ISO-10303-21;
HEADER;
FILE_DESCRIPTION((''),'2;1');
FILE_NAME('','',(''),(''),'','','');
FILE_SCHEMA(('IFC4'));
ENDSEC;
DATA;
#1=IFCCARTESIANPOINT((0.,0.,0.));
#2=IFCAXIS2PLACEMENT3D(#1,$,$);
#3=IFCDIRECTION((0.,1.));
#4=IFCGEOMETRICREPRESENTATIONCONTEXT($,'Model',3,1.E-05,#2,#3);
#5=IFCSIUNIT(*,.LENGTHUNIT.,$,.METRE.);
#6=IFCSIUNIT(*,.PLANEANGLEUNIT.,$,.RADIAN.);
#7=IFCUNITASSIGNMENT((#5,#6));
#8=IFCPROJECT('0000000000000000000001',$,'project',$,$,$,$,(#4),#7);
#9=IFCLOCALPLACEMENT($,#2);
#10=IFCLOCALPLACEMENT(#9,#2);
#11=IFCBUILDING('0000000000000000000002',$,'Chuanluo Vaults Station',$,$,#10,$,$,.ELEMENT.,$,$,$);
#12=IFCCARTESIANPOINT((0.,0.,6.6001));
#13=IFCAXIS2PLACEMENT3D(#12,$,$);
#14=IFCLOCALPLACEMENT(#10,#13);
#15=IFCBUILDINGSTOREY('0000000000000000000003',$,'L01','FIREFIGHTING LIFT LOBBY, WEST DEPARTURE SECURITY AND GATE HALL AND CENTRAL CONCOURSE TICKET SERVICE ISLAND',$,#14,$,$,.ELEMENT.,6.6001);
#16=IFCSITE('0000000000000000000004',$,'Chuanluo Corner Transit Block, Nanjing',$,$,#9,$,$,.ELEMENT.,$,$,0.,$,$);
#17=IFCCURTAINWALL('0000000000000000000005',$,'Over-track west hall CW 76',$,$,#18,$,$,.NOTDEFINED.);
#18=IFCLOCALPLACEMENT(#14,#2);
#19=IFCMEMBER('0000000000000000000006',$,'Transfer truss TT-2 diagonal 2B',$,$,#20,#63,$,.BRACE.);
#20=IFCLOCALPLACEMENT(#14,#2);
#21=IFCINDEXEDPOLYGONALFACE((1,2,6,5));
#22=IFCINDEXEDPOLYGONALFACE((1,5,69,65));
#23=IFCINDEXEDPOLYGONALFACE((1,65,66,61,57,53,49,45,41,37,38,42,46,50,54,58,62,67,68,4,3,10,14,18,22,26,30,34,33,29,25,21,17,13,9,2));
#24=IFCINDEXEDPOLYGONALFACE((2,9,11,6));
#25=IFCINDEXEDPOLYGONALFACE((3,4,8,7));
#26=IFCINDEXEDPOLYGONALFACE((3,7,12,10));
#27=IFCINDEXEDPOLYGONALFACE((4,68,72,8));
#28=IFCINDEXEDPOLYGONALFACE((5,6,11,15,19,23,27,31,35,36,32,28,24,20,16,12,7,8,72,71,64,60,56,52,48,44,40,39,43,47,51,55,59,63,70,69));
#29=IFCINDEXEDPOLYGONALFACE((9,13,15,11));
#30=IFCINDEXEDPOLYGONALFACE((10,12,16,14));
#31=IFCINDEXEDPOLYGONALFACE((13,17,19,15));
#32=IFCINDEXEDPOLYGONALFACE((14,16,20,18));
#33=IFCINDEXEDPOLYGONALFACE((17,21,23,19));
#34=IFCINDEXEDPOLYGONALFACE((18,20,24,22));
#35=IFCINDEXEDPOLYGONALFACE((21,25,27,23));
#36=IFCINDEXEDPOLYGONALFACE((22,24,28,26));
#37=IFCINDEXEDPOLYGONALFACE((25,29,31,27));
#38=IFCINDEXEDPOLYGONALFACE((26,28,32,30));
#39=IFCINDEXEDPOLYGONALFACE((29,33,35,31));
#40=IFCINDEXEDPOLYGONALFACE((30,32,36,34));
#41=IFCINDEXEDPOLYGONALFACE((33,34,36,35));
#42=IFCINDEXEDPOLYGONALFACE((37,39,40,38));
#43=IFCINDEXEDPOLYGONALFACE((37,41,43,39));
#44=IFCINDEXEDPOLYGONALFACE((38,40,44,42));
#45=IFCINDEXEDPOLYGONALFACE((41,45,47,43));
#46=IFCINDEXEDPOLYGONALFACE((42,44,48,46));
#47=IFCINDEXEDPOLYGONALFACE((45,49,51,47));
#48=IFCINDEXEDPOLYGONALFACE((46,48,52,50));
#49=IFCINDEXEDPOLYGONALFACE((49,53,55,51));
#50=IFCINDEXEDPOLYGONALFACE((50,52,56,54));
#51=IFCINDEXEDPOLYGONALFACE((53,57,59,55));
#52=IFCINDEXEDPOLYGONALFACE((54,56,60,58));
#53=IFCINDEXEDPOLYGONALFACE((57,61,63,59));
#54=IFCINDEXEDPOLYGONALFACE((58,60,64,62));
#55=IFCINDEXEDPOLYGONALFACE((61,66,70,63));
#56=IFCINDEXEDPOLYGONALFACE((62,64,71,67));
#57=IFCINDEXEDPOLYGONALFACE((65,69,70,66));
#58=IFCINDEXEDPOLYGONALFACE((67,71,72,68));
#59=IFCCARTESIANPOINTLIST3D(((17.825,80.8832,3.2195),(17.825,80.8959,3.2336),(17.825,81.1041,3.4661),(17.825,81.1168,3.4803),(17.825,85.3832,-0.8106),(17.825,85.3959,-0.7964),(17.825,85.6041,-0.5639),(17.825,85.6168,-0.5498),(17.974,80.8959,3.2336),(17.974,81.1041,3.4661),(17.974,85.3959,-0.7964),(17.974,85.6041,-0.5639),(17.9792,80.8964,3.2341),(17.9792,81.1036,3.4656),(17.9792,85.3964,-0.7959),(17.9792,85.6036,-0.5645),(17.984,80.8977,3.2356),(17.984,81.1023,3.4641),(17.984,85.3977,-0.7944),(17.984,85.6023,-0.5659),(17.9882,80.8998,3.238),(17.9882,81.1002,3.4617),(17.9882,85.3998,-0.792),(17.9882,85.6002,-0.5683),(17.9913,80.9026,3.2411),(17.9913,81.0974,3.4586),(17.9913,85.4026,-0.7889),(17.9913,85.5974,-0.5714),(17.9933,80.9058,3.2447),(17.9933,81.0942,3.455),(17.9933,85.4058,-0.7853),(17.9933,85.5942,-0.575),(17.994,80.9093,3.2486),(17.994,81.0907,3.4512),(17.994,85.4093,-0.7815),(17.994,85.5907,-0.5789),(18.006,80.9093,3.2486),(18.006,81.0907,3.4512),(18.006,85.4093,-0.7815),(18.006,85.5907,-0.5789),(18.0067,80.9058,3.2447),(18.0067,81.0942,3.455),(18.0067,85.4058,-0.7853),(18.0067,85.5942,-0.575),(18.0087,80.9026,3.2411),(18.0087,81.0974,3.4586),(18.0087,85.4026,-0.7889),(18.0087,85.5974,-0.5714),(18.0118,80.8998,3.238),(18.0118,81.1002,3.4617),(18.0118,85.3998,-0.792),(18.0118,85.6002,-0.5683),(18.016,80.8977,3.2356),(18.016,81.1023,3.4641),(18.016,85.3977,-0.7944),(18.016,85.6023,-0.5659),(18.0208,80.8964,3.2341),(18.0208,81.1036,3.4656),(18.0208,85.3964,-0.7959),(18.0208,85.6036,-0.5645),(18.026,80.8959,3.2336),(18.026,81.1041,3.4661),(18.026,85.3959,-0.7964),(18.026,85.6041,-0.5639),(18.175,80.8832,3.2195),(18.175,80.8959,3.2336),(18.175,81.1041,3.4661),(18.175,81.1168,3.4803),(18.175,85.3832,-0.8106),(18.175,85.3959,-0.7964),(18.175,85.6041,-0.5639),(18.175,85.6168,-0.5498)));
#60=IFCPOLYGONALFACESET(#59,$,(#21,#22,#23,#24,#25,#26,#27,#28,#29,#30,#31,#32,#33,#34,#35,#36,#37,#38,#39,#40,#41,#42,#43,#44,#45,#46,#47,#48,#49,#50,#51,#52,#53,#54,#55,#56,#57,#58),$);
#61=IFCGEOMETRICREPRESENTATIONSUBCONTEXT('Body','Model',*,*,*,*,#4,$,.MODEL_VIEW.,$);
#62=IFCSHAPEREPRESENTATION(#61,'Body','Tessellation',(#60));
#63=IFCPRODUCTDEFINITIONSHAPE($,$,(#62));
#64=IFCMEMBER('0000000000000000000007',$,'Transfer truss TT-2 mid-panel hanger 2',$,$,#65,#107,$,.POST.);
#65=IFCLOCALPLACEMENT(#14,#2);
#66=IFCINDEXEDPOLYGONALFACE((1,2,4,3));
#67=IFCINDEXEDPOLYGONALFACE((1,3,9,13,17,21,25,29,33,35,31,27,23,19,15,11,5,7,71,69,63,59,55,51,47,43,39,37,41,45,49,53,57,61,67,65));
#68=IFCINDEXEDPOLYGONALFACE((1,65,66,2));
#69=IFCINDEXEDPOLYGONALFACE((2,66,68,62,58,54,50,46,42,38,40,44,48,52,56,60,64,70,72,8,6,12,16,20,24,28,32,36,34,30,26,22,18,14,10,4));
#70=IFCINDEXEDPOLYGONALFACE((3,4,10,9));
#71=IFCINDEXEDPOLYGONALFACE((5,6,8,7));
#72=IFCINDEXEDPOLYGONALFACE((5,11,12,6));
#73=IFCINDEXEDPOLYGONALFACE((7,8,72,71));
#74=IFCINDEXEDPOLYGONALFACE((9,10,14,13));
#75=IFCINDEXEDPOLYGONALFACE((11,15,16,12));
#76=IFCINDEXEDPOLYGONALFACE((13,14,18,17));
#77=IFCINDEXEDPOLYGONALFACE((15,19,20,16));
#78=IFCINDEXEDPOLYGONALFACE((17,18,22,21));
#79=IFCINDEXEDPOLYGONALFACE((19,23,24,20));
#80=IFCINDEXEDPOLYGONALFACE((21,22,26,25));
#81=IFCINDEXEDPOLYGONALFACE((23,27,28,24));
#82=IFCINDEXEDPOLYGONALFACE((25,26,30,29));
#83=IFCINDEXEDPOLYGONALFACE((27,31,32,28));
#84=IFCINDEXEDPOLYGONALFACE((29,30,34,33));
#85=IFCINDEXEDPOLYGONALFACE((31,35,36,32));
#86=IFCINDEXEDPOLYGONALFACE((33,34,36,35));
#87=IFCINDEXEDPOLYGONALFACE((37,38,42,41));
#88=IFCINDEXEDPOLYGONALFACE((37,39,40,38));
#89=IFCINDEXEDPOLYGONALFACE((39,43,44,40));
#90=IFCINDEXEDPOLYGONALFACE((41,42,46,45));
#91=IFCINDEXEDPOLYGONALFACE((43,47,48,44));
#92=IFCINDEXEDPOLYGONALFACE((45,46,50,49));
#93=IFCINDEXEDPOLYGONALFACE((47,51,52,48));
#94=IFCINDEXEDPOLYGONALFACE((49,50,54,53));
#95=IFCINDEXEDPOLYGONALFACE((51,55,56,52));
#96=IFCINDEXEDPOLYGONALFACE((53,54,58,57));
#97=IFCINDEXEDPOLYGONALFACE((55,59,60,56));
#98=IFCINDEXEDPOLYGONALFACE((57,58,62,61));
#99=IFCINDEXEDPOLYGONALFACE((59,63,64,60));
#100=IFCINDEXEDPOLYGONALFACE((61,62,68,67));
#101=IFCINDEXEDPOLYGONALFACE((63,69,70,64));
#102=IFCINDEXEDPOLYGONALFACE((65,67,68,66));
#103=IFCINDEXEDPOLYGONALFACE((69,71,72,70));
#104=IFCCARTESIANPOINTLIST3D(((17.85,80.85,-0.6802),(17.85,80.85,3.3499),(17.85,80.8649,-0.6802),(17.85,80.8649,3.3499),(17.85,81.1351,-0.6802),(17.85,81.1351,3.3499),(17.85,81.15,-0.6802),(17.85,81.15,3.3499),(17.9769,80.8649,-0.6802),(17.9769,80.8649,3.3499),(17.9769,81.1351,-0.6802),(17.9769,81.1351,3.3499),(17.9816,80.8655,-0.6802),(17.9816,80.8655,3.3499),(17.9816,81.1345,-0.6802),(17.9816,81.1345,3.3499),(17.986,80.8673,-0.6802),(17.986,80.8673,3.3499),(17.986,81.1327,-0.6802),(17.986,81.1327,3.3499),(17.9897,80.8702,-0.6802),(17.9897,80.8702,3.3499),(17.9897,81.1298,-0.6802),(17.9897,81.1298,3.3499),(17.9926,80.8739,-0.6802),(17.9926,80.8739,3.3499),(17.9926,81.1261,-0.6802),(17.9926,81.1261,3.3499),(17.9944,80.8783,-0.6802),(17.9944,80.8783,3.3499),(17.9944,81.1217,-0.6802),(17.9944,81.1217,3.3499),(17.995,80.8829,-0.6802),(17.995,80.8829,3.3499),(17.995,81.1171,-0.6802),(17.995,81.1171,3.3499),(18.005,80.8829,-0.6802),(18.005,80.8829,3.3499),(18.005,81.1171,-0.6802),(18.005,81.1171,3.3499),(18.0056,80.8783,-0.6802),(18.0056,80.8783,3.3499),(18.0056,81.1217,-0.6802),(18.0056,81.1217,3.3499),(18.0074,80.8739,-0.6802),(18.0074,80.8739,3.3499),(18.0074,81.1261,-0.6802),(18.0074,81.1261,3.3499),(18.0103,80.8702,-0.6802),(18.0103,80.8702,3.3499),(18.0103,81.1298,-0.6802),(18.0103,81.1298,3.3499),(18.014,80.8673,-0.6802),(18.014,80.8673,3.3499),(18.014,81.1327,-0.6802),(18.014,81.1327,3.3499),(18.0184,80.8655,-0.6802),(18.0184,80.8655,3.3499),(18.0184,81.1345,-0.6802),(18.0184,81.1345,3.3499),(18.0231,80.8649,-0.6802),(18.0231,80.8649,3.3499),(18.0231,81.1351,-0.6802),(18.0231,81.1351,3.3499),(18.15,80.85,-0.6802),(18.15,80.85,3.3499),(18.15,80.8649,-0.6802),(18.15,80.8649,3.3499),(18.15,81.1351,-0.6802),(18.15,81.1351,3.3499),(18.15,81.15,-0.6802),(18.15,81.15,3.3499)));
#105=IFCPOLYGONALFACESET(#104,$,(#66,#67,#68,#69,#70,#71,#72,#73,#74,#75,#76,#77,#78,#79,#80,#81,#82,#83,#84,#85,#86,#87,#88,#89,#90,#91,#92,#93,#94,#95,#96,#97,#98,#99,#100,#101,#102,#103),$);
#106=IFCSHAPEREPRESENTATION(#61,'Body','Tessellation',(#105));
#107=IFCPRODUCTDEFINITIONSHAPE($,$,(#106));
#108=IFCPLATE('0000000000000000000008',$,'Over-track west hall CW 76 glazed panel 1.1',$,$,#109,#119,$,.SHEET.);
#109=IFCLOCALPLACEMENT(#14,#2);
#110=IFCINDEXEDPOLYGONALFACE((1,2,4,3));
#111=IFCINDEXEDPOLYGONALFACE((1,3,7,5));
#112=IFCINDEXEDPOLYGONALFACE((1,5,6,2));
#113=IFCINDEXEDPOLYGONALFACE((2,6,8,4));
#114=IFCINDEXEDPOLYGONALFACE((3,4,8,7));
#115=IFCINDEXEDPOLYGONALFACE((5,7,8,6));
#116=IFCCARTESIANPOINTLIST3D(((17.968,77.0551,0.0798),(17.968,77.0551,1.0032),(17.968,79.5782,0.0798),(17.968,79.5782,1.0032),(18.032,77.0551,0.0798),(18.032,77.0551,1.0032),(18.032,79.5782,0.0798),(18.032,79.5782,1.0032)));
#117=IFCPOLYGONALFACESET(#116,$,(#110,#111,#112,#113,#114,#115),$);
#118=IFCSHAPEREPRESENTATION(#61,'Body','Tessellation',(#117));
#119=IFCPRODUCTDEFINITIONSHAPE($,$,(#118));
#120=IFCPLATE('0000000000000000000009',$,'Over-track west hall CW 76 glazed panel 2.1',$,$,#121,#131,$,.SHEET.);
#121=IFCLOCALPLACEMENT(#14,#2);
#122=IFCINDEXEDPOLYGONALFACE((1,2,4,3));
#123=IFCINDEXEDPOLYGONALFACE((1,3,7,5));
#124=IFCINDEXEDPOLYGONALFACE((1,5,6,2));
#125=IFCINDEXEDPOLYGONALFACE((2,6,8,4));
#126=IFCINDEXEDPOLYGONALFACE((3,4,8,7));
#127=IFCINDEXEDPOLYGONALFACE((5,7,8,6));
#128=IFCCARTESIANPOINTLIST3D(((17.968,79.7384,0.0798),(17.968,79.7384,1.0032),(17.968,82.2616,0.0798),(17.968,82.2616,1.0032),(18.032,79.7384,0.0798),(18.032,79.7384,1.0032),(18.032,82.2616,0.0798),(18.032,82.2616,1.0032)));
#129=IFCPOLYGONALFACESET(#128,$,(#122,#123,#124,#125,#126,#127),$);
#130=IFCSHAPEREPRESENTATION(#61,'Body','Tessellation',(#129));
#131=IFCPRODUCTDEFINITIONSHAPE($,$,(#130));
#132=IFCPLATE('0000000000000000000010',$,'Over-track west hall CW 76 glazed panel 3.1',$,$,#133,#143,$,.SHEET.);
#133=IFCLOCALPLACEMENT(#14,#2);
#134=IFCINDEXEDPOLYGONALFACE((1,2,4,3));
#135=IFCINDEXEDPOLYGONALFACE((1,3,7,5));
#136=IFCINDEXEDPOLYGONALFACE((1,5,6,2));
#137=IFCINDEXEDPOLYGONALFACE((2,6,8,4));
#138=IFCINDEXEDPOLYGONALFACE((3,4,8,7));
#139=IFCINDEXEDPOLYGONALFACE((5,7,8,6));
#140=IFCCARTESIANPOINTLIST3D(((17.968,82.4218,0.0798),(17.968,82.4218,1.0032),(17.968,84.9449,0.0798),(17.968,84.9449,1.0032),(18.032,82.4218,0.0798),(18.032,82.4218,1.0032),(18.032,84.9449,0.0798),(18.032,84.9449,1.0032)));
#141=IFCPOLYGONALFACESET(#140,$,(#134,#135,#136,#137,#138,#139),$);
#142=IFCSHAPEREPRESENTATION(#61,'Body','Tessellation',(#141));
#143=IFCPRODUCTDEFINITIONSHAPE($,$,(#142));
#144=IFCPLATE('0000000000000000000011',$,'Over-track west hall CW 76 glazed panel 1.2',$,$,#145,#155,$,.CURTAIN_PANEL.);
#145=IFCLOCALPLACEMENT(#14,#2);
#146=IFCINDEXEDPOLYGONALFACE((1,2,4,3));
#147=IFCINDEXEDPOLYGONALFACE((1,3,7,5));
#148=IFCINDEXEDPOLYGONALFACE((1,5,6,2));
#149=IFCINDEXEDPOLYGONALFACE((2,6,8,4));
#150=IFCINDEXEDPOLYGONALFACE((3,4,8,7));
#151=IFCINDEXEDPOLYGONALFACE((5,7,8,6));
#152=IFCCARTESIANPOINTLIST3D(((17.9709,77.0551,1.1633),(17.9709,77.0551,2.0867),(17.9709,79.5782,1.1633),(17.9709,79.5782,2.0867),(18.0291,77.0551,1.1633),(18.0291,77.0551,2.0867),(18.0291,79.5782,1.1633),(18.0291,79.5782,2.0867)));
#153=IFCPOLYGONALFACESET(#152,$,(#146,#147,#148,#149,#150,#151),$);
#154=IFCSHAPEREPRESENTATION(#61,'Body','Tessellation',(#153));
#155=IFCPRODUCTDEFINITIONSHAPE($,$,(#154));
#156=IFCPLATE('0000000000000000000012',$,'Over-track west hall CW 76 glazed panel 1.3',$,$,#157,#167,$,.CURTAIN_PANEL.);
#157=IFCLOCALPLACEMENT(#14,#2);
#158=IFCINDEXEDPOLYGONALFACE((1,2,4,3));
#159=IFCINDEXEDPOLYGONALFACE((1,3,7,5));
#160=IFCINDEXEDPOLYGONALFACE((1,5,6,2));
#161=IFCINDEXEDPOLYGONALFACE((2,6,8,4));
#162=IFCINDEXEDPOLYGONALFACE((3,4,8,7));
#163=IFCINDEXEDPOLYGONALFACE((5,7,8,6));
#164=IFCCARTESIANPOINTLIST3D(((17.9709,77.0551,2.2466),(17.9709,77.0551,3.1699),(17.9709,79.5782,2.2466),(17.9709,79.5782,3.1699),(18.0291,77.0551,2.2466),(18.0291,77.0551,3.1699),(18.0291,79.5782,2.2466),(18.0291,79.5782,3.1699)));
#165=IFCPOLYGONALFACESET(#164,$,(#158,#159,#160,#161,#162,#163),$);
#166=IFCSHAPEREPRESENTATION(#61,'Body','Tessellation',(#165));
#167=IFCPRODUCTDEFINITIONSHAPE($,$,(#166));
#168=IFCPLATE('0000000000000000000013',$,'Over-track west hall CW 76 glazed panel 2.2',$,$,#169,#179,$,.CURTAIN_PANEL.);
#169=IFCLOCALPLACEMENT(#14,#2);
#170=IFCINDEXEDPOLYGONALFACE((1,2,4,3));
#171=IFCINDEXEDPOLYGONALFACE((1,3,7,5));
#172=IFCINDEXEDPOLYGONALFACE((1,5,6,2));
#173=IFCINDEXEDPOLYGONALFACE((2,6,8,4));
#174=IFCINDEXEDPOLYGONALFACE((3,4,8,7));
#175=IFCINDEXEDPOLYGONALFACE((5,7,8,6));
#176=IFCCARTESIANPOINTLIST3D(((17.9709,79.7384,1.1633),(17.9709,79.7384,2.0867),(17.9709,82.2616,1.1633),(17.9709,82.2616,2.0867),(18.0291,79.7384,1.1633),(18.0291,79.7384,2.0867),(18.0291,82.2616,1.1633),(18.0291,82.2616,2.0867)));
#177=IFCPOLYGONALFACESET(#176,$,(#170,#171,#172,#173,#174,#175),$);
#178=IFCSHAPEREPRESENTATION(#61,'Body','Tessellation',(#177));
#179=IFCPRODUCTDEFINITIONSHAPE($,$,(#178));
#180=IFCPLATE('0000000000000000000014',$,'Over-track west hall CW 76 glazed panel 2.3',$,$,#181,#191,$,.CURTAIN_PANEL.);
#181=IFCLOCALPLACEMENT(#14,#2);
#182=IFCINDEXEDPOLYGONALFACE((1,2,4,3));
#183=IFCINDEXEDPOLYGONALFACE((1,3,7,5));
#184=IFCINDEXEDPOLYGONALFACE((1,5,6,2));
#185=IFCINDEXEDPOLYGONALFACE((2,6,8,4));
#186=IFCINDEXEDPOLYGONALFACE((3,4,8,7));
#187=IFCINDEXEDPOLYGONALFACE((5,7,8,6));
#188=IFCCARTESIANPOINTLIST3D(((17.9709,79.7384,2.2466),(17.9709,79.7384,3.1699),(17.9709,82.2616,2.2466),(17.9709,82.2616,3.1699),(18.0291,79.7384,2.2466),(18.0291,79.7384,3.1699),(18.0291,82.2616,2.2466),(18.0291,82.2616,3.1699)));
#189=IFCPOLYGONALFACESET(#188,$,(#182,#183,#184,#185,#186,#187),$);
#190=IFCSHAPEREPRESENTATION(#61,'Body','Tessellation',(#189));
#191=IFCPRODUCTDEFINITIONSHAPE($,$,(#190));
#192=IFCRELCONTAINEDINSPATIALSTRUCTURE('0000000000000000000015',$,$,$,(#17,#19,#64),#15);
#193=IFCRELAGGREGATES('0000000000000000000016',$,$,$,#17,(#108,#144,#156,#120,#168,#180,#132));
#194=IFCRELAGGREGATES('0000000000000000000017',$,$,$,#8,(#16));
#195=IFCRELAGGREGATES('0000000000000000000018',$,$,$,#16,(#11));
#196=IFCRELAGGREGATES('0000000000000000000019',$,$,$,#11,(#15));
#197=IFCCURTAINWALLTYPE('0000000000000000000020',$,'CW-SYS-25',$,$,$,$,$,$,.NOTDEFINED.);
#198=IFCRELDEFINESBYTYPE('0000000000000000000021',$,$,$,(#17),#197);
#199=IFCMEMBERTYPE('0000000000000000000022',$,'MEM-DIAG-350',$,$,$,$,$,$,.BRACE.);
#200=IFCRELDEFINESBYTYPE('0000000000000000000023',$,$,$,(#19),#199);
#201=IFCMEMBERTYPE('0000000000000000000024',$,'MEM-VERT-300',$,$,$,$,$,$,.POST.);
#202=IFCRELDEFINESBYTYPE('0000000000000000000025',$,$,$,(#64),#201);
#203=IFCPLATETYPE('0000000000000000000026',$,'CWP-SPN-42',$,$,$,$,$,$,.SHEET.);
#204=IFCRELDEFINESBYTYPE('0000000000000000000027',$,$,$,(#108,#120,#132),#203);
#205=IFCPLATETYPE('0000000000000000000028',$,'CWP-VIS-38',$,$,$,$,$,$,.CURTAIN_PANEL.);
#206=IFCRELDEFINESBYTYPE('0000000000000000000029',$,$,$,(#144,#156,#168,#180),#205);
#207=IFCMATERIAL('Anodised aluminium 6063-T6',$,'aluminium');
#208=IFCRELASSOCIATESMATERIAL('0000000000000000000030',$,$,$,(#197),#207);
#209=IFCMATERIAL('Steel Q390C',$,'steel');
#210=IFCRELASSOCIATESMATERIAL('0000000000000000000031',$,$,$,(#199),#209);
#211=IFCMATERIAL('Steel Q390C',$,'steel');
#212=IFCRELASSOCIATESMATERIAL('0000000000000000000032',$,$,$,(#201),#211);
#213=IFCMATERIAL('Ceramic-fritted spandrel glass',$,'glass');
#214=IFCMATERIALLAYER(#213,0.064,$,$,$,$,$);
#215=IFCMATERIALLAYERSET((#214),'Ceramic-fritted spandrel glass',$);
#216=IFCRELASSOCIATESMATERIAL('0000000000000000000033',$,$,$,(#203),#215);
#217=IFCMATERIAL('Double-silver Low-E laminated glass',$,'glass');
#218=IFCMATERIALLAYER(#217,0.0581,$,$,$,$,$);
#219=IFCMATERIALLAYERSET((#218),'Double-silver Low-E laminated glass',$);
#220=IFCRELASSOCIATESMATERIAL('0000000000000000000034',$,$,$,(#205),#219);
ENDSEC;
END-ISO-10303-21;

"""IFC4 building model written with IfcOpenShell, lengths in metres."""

from ifc_helpers import new_model, si_unit, direction, frame, origin, origin_2d, place, context, subcontext, project, spatial, rectangle, i_section, extrude, material, layer, layer_set, material_profile, profile_set, type_object, element, aggregate, save


model = new_model("IFC4")

# Units and contexts
model_context = context("Model", 3, precision=1e-05, world=origin(), true_north=direction((0.0, 1.0)))
body_context = subcontext(model_context, "Body", "Model", "MODEL_VIEW")
ifc_project = project(units=[si_unit("LENGTHUNIT", "METRE"), si_unit("PLANEANGLEUNIT", "RADIAN")], contexts=[model_context])

# Site, building, storey
site_placement = place(None, origin())
site = spatial("IfcSite", under=ifc_project, at=site_placement, Name="Chuanluo Corner Transit Block, Nanjing", CompositionType="ELEMENT", RefElevation=0.0)
building_placement = place(site_placement, origin())
building = spatial("IfcBuilding", under=site, at=building_placement, Name="Chuanluo Vaults Station", CompositionType="ELEMENT")
storey_placement = place(building_placement, frame((0.0, 0.0, 6.6001)))
storey = spatial("IfcBuildingStorey", under=building, at=storey_placement, Name="L01", Description="FIREFIGHTING LIFT LOBBY, WEST DEPARTURE SECURITY AND GATE HALL AND CENTRAL CONCOURSE TICKET SERVICE ISLAND", CompositionType="ELEMENT", Elevation=6.6001)

# Curtain wall
ifc_material_1 = material(Name="Anodised aluminium 6063-T6", Category="aluminium")
curtain_wall_type = type_object("IfcCurtainWallType", Name="CW-SYS-25", PredefinedType="NOTDEFINED", material=ifc_material_1)
curtain_wall_placement = place(storey_placement, origin())
curtain_wall = element("IfcCurtainWall", 1, at=curtain_wall_placement, inside=storey, type_object=curtain_wall_type, Name="Over-track west hall CW 76", PredefinedType="NOTDEFINED")

# Members
ifc_material_2 = material(Name="Steel Q390C", Category="steel")
ifc_material_profile_1 = material_profile(ifc_material_2, i_section(OverallWidth=0.3501, OverallDepth=0.3501, WebThickness=0.012, FlangeThickness=0.019, FilletRadius=0.02, at=origin_2d()))
ifc_profile_set_1 = profile_set([ifc_material_profile_1], Name="Steel Q390C")
member_type_1 = type_object("IfcMemberType", Name="MEM-DIAG-350", PredefinedType="BRACE", material=ifc_profile_set_1)
member_1_placement = place(storey_placement, frame((18.0, 81.0, 3.3499), z_axis=(0.0, 0.744936, -0.667136), x_axis=(-1.0, 0.0, 0.0)))
element("IfcMember", 2, at=member_1_placement, inside=storey, type_object=member_type_1, Name="Transfer truss TT-2 diagonal 2B", PredefinedType="BRACE", context=body_context, shape_type="SweptSolid", body=[
    extrude(i_section(OverallWidth=0.3501, OverallDepth=0.3501, WebThickness=0.012, FlangeThickness=0.019, FilletRadius=0.02, at=origin_2d()), origin(), (0.0, 0.0, 1.0), 6.0408),
])
ifc_material_3 = material(Name="Steel Q390C", Category="steel")
ifc_material_profile_2 = material_profile(ifc_material_3, i_section(OverallWidth=0.3, OverallDepth=0.3, WebThickness=0.01, FlangeThickness=0.0149, FilletRadius=0.0181, at=origin_2d()))
ifc_profile_set_2 = profile_set([ifc_material_profile_2], Name="Steel Q390C")
member_type_2 = type_object("IfcMemberType", Name="MEM-VERT-300", PredefinedType="POST", material=ifc_profile_set_2)
member_2_placement = place(storey_placement, frame((18.0, 81.0, -0.6802), z_axis=(0.0, 0.0, 1.0), x_axis=(1.0, 0.0, 0.0)))
element("IfcMember", 3, at=member_2_placement, inside=storey, type_object=member_type_2, Name="Transfer truss TT-2 mid-panel hanger 2", PredefinedType="POST", context=body_context, shape_type="SweptSolid", body=[
    extrude(i_section(OverallWidth=0.3, OverallDepth=0.3, WebThickness=0.01, FlangeThickness=0.0149, FilletRadius=0.0181, at=origin_2d()), origin(), (0.0, 0.0, 1.0), 4.03),
])

# Plates
ifc_material_4 = material(Name="Ceramic-fritted spandrel glass", Category="glass")
ifc_layer_1 = layer(ifc_material_4, 0.064)
ifc_layer_set_1 = layer_set([ifc_layer_1], Name="Ceramic-fritted spandrel glass")
plate_type_1 = type_object("IfcPlateType", Name="CWP-SPN-42", PredefinedType="SHEET", material=ifc_layer_set_1)
plate_1_placement = place(storey_placement, frame((18.0, 78.3167, 0.0798), z_axis=(0.0, 0.0, 1.0), x_axis=(0.0, 1.0, 0.0)))
plate_1 = element("IfcPlate", 4, at=plate_1_placement, type_object=plate_type_1, Name="Over-track west hall CW 76 glazed panel 1.1", PredefinedType="SHEET", context=body_context, shape_type="SweptSolid", body=[
    extrude(rectangle(XDim=2.5232, YDim=0.064, at=origin_2d()), origin(), (0.0, 0.0, 1.0), 0.9233),
])
plate_2_placement = place(storey_placement, frame((18.0, 81.0, 0.0798), z_axis=(0.0, 0.0, 1.0), x_axis=(0.0, 1.0, 0.0)))
plate_2 = element("IfcPlate", 5, at=plate_2_placement, type_object=plate_type_1, Name="Over-track west hall CW 76 glazed panel 2.1", PredefinedType="SHEET", context=body_context, shape_type="SweptSolid", body=[
    extrude(rectangle(XDim=2.5232, YDim=0.064, at=origin_2d()), origin(), (0.0, 0.0, 1.0), 0.9233),
])
plate_3_placement = place(storey_placement, frame((18.0, 83.6833, 0.0798), z_axis=(0.0, 0.0, 1.0), x_axis=(0.0, 1.0, 0.0)))
plate_3 = element("IfcPlate", 6, at=plate_3_placement, type_object=plate_type_1, Name="Over-track west hall CW 76 glazed panel 3.1", PredefinedType="SHEET", context=body_context, shape_type="SweptSolid", body=[
    extrude(rectangle(XDim=2.5232, YDim=0.064, at=origin_2d()), origin(), (0.0, 0.0, 1.0), 0.9233),
])
ifc_material_5 = material(Name="Double-silver Low-E laminated glass", Category="glass")
ifc_layer_2 = layer(ifc_material_5, 0.0581)
ifc_layer_set_2 = layer_set([ifc_layer_2], Name="Double-silver Low-E laminated glass")
plate_type_2 = type_object("IfcPlateType", Name="CWP-VIS-38", PredefinedType="CURTAIN_PANEL", material=ifc_layer_set_2)
plate_4_placement = place(storey_placement, frame((18.0, 78.3167, 1.1633), z_axis=(0.0, 0.0, 1.0), x_axis=(0.0, 1.0, 0.0)))
plate_4 = element("IfcPlate", 7, at=plate_4_placement, type_object=plate_type_2, Name="Over-track west hall CW 76 glazed panel 1.2", PredefinedType="CURTAIN_PANEL", context=body_context, shape_type="SweptSolid", body=[
    extrude(rectangle(XDim=2.5232, YDim=0.0581, at=origin_2d()), origin(), (0.0, 0.0, 1.0), 0.9233),
])
plate_5_placement = place(storey_placement, frame((18.0, 78.3167, 2.2466), z_axis=(0.0, 0.0, 1.0), x_axis=(0.0, 1.0, 0.0)))
plate_5 = element("IfcPlate", 8, at=plate_5_placement, type_object=plate_type_2, Name="Over-track west hall CW 76 glazed panel 1.3", PredefinedType="CURTAIN_PANEL", context=body_context, shape_type="SweptSolid", body=[
    extrude(rectangle(XDim=2.5232, YDim=0.0581, at=origin_2d()), origin(), (0.0, 0.0, 1.0), 0.9233),
])
plate_6_placement = place(storey_placement, frame((18.0, 81.0, 1.1633), z_axis=(0.0, 0.0, 1.0), x_axis=(0.0, 1.0, 0.0)))
plate_6 = element("IfcPlate", 9, at=plate_6_placement, type_object=plate_type_2, Name="Over-track west hall CW 76 glazed panel 2.2", PredefinedType="CURTAIN_PANEL", context=body_context, shape_type="SweptSolid", body=[
    extrude(rectangle(XDim=2.5232, YDim=0.0581, at=origin_2d()), origin(), (0.0, 0.0, 1.0), 0.9233),
])
plate_7_placement = place(storey_placement, frame((18.0, 81.0, 2.2466), z_axis=(0.0, 0.0, 1.0), x_axis=(0.0, 1.0, 0.0)))
plate_7 = element("IfcPlate", 10, at=plate_7_placement, type_object=plate_type_2, Name="Over-track west hall CW 76 glazed panel 2.3", PredefinedType="CURTAIN_PANEL", context=body_context, shape_type="SweptSolid", body=[
    extrude(rectangle(XDim=2.5232, YDim=0.0581, at=origin_2d()), origin(), (0.0, 0.0, 1.0), 0.9233),
])
aggregate(curtain_wall, [plate_1, plate_4, plate_5, plate_2, plate_6, plate_7, plate_3])

save(model, "model.ifc")
